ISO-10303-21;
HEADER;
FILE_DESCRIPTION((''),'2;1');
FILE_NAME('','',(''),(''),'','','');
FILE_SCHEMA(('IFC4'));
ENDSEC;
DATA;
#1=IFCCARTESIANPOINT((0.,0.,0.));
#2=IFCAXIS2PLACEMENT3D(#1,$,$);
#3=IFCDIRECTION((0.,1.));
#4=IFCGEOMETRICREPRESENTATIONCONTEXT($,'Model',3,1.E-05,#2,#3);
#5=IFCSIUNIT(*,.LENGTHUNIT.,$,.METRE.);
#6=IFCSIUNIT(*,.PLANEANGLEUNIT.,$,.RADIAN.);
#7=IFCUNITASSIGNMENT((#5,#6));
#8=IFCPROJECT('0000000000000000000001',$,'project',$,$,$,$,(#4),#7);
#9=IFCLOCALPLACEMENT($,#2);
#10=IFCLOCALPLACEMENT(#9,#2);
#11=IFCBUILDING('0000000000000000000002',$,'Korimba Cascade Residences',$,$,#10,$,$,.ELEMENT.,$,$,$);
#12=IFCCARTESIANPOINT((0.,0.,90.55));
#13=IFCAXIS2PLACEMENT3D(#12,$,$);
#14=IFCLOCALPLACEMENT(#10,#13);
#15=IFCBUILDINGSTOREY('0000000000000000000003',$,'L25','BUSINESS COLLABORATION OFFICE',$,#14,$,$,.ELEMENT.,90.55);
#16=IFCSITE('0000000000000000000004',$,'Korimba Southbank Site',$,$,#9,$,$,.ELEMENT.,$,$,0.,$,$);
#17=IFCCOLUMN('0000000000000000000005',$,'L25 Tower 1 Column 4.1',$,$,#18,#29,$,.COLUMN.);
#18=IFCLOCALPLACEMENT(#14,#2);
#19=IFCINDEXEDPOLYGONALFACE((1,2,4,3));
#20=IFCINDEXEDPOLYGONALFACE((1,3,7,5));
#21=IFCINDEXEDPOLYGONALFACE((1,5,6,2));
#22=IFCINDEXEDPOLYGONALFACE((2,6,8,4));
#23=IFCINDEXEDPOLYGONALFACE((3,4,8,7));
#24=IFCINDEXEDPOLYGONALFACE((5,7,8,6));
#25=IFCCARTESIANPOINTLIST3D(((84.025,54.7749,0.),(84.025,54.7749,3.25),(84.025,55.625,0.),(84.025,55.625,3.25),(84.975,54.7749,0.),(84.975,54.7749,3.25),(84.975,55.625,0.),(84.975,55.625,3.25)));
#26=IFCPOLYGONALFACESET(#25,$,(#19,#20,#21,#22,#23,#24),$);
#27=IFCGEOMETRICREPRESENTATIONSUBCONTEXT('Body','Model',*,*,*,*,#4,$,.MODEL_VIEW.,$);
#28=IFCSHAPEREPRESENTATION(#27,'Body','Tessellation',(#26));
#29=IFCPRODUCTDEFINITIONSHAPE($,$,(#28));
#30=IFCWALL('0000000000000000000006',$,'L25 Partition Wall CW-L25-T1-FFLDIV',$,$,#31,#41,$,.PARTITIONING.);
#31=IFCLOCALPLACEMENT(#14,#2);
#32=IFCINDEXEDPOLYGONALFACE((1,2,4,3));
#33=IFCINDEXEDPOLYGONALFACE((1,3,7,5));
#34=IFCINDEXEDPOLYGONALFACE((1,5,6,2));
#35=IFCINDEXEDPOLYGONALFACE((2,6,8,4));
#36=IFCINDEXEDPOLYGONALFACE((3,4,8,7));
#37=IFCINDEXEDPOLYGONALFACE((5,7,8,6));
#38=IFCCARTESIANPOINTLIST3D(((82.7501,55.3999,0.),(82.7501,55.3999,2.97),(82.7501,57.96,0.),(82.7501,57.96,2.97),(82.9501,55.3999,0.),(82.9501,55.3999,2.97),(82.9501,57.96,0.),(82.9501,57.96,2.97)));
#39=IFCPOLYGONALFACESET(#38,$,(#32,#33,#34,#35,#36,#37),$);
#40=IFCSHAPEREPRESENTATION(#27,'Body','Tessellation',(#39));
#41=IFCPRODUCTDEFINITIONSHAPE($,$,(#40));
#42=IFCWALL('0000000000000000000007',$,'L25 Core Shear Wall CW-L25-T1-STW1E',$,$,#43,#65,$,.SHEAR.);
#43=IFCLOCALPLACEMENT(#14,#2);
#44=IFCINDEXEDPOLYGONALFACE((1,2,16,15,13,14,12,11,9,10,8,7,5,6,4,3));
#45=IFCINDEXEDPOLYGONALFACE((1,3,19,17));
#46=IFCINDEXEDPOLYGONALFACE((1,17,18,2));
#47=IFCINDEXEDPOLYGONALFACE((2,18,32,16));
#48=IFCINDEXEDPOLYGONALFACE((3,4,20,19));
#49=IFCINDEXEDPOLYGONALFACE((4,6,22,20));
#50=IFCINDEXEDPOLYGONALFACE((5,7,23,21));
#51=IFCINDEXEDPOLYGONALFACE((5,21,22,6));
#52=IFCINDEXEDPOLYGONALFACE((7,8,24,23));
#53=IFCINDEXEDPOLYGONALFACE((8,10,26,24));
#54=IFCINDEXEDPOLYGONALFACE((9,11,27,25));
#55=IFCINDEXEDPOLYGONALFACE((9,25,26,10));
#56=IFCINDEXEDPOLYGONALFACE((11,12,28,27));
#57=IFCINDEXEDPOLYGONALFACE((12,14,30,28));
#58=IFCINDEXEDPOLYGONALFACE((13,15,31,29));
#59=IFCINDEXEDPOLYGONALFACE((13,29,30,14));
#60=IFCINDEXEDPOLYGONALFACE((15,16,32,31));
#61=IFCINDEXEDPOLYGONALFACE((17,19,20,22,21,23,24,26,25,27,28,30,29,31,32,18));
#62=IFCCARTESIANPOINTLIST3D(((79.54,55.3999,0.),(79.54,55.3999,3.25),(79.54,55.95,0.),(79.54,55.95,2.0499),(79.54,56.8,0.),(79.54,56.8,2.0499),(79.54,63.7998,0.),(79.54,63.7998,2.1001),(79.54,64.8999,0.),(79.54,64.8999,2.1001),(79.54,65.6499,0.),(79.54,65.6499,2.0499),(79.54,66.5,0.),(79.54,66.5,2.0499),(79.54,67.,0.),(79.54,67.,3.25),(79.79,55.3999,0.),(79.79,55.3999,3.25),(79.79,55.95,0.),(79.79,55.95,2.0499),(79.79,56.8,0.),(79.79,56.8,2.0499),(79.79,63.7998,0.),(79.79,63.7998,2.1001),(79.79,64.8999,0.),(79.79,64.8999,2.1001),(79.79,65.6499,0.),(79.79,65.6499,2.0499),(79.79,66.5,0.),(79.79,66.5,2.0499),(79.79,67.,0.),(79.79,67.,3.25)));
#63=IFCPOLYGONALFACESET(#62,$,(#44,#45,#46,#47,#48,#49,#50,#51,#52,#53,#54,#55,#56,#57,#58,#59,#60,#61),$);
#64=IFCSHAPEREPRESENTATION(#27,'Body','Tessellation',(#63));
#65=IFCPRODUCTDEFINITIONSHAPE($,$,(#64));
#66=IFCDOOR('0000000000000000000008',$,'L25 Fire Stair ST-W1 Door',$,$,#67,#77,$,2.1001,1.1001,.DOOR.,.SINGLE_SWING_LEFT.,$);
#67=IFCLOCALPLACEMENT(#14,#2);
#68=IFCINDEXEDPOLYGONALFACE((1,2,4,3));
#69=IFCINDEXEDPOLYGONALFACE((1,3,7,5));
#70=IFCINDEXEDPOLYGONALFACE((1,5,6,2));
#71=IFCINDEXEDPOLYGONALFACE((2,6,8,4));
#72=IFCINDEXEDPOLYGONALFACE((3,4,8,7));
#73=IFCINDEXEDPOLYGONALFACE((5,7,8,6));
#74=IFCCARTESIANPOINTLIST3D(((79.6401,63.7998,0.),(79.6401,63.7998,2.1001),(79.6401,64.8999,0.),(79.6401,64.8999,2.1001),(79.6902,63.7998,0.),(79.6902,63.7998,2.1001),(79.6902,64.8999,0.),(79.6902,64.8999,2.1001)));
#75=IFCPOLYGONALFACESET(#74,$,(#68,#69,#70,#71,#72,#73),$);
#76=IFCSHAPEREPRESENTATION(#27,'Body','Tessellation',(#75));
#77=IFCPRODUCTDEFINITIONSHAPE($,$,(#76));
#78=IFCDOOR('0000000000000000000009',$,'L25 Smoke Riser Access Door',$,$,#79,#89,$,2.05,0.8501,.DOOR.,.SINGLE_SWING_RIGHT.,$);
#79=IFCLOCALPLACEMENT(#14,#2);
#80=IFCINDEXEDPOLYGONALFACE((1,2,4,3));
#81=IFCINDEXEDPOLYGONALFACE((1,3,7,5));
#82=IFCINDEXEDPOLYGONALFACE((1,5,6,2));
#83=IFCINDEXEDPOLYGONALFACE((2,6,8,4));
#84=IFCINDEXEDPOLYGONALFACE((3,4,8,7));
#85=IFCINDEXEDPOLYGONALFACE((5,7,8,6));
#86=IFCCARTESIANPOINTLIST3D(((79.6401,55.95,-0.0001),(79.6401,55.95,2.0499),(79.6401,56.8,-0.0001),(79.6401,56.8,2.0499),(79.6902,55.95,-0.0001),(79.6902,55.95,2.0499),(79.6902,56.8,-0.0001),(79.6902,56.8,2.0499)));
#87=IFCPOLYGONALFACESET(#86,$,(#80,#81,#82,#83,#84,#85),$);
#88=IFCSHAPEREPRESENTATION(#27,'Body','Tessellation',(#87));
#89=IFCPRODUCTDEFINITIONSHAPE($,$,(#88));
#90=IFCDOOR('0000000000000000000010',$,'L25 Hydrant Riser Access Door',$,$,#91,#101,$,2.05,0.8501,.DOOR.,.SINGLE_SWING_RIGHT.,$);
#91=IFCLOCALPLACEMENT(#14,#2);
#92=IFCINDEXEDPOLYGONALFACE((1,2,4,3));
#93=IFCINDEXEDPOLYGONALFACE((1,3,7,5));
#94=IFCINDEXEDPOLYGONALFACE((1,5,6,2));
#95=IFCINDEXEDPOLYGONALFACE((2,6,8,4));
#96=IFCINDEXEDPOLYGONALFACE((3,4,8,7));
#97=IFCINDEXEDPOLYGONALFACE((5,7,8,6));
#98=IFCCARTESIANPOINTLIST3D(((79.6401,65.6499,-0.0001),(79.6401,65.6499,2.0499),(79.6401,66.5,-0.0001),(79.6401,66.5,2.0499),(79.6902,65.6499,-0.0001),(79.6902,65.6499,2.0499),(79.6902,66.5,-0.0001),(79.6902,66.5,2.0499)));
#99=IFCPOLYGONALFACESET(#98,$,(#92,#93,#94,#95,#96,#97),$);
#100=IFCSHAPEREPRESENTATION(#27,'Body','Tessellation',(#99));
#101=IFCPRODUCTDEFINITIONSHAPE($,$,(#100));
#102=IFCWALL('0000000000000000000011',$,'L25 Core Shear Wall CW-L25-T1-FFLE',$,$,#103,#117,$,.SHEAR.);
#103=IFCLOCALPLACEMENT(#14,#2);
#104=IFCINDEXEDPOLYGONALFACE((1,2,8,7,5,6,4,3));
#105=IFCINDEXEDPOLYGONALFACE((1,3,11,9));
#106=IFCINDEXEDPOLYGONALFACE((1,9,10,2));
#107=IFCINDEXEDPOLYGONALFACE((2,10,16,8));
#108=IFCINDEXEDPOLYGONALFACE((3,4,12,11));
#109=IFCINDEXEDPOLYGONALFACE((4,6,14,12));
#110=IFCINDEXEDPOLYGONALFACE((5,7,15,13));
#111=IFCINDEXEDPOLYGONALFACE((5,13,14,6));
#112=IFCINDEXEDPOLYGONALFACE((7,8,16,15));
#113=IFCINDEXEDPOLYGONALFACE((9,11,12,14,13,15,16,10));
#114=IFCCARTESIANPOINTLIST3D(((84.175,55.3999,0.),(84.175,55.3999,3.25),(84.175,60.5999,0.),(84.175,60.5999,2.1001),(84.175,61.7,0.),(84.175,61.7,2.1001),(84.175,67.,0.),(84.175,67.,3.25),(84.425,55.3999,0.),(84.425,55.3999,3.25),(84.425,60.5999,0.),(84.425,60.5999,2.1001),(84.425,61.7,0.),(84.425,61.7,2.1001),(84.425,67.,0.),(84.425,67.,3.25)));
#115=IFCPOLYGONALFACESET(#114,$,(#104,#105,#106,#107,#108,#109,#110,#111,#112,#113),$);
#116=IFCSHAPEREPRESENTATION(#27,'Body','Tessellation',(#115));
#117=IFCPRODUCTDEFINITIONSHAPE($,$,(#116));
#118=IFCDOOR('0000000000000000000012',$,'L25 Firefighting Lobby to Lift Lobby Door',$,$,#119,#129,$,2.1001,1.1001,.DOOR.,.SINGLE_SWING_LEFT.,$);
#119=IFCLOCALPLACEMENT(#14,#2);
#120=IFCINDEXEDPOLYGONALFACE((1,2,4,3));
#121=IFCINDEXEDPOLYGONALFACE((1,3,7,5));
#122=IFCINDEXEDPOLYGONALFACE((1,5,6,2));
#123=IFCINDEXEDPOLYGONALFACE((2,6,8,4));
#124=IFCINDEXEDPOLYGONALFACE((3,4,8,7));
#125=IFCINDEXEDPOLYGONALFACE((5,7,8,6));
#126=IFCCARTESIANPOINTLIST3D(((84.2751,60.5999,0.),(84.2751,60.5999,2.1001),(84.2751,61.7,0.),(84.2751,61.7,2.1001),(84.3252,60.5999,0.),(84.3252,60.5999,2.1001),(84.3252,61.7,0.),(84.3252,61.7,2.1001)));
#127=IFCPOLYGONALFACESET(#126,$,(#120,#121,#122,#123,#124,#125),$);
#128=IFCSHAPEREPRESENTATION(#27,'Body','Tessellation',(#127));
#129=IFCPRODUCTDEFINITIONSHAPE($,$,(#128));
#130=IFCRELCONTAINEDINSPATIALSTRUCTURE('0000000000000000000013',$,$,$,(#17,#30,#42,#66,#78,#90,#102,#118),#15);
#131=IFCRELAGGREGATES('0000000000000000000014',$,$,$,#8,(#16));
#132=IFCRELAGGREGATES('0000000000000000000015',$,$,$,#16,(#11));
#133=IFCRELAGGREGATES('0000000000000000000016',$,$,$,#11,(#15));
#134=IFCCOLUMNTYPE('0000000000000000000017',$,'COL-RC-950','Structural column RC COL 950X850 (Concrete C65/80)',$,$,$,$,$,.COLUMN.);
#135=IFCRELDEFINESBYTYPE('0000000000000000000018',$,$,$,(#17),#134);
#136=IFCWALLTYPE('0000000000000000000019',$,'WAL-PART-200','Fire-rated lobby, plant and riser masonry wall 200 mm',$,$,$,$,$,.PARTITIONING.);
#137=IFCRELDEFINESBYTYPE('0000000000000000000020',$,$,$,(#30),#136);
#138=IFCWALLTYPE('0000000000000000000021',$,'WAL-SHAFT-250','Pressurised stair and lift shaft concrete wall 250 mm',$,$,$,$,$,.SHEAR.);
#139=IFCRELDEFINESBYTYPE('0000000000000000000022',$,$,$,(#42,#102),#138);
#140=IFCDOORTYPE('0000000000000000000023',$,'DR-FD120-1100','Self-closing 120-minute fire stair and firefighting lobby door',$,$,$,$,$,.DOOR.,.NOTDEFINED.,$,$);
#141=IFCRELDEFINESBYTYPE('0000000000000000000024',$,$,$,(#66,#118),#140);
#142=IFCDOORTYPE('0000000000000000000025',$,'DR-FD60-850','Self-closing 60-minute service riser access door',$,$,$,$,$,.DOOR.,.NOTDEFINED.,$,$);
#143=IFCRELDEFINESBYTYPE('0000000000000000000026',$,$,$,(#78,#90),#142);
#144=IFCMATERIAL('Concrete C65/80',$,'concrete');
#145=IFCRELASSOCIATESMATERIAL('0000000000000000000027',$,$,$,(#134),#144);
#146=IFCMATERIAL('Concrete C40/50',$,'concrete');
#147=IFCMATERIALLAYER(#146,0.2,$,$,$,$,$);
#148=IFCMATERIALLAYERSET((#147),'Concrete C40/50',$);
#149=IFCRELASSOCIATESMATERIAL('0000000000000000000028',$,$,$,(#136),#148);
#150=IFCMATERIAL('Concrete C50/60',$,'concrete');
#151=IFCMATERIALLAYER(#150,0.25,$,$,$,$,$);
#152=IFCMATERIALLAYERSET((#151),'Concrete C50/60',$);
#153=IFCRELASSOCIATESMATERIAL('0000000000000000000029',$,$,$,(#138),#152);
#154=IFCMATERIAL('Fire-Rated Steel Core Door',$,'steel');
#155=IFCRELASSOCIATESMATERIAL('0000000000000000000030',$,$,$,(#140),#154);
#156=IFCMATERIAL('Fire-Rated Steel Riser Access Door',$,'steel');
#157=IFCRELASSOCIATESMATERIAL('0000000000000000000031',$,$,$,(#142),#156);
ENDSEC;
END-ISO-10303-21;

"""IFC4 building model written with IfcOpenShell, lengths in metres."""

from ifc_helpers import new_model, si_unit, direction, frame, frame_2d, origin, origin_2d, place, context, subcontext, project, spatial, rectangle, extrude, material, layer, layer_set, material_profile, profile_set, type_object, element, fill, save


model = new_model("IFC4")

# Units and contexts
model_context = context("Model", 3, precision=1e-05, world=origin(), true_north=direction((0.0, 1.0)))
body_context = subcontext(model_context, "Body", "Model", "MODEL_VIEW")
ifc_project = project(units=[si_unit("LENGTHUNIT", "METRE"), si_unit("PLANEANGLEUNIT", "RADIAN")], contexts=[model_context])

# Site, building, storey
site_placement = place(None, origin())
site = spatial("IfcSite", under=ifc_project, at=site_placement, Name="Korimba Southbank Site", CompositionType="ELEMENT", RefElevation=0.0)
building_placement = place(site_placement, origin())
building = spatial("IfcBuilding", under=site, at=building_placement, Name="Korimba Cascade Residences", CompositionType="ELEMENT")
storey_placement = place(building_placement, frame((0.0, 0.0, 90.55)))
storey = spatial("IfcBuildingStorey", under=building, at=storey_placement, Name="L25", Description="BUSINESS COLLABORATION OFFICE", CompositionType="ELEMENT", Elevation=90.55)

# Column
ifc_material_1 = material(Name="Concrete C65/80", Category="concrete")
ifc_material_profile = material_profile(ifc_material_1, rectangle(XDim=0.95, YDim=0.8501, at=origin_2d()), Name="Concrete C65/80")
ifc_profile_set = profile_set([ifc_material_profile], Name="Concrete C65/80")
column_type = type_object("IfcColumnType", Name="COL-RC-950", Description="Structural column RC COL 950X850 (Concrete C65/80)", PredefinedType="COLUMN", material=ifc_profile_set)
column_placement = place(storey_placement, frame((84.5, 55.2, 0.0), z_axis=(0.0, 0.0, 1.0), x_axis=(1.0, 0.0, 0.0)))
element("IfcColumn", 1, at=column_placement, inside=storey, type_object=column_type, Name="L25 Tower 1 Column 4.1", PredefinedType="COLUMN", context=body_context, shape_type="SweptSolid", body=[
    extrude(rectangle(XDim=0.95, YDim=0.8501, at=origin_2d()), origin(), (0.0, 0.0, 1.0), 3.25),
])

# Wall
ifc_material_2 = material(Name="Concrete C40/50", Category="concrete")
ifc_layer_1 = layer(ifc_material_2, 0.2)
ifc_layer_set_1 = layer_set([ifc_layer_1], Name="Concrete C40/50")
wall_type_1 = type_object("IfcWallType", Name="WAL-PART-200", Description="Fire-rated lobby, plant and riser masonry wall 200 mm", PredefinedType="PARTITIONING", material=ifc_layer_set_1)
wall_1_placement = place(storey_placement, frame((82.8501, 55.3999, 0.0), z_axis=(0.0, 0.0, 1.0), x_axis=(0.0, 1.0, 0.0)))
element("IfcWall", 2, at=wall_1_placement, inside=storey, type_object=wall_type_1, Name="L25 Partition Wall CW-L25-T1-FFLDIV", PredefinedType="PARTITIONING", context=body_context, shape_type="SweptSolid", body=[
    extrude(rectangle(XDim=2.5601, YDim=0.2, at=frame_2d((1.28, 0.0))), origin(), (0.0, 0.0, 1.0), 2.97),
])

# Wall, openings, doors
ifc_material_3 = material(Name="Concrete C50/60", Category="concrete")
ifc_layer_2 = layer(ifc_material_3, 0.25)
ifc_layer_set_2 = layer_set([ifc_layer_2], Name="Concrete C50/60")
wall_type_2 = type_object("IfcWallType", Name="WAL-SHAFT-250", Description="Pressurised stair and lift shaft concrete wall 250 mm", PredefinedType="SHEAR", material=ifc_layer_set_2)
wall_2_placement = place(storey_placement, frame((79.665, 55.3999, 0.0), z_axis=(0.0, 0.0, 1.0), x_axis=(0.0, 1.0, 0.0)))
wall_2 = element("IfcWall", 3, at=wall_2_placement, inside=storey, type_object=wall_type_2, Name="L25 Core Shear Wall CW-L25-T1-STW1E", PredefinedType="SHEAR", context=body_context, shape_type="SweptSolid", body=[
    extrude(rectangle(XDim=11.6001, YDim=0.25, at=frame_2d((5.8, 0.0))), origin(), (0.0, 0.0, 1.0), 3.25),
])
opening_1_placement = place(wall_2_placement, frame((0.55, 0.0, 0.0)))
opening_1 = element("IfcOpeningElement", 4, at=opening_1_placement, cuts=wall_2, PredefinedType="OPENING", context=body_context, shape_type="SweptSolid", body=[
    extrude(rectangle(XDim=0.8501, YDim=2.05, at=frame_2d((0.425, 1.0249))), frame((0.0, 0.135, 0.0), z_axis=(0.0, -1.0, 0.0), x_axis=(1.0, 0.0, 0.0)), (0.0, 0.0, 1.0), 0.27),
])
opening_2_placement = place(wall_2_placement, frame((8.3999, 0.0, 0.0)))
opening_2 = element("IfcOpeningElement", 5, at=opening_2_placement, cuts=wall_2, PredefinedType="OPENING", context=body_context, shape_type="SweptSolid", body=[
    extrude(rectangle(XDim=1.1001, YDim=2.1001, at=frame_2d((0.55, 1.05))), frame((0.0, 0.135, 0.0), z_axis=(0.0, -1.0, 0.0), x_axis=(1.0, 0.0, 0.0)), (0.0, 0.0, 1.0), 0.27),
])
opening_3_placement = place(wall_2_placement, frame((10.25, 0.0, 0.0)))
opening_3 = element("IfcOpeningElement", 6, at=opening_3_placement, cuts=wall_2, PredefinedType="OPENING", context=body_context, shape_type="SweptSolid", body=[
    extrude(rectangle(XDim=0.8501, YDim=2.05, at=frame_2d((0.425, 1.0249))), frame((0.0, 0.135, 0.0), z_axis=(0.0, -1.0, 0.0), x_axis=(1.0, 0.0, 0.0)), (0.0, 0.0, 1.0), 0.27),
])
ifc_material_4 = material(Name="Fire-Rated Steel Core Door", Category="steel")
door_type_1 = type_object("IfcDoorType", Name="DR-FD120-1100", Description="Self-closing 120-minute fire stair and firefighting lobby door", OperationType="NOTDEFINED", PredefinedType="DOOR", material=ifc_material_4)
door_1_placement = place(opening_2_placement, origin())
door_1 = element("IfcDoor", 7, at=door_1_placement, inside=storey, type_object=door_type_1, Name="L25 Fire Stair ST-W1 Door", OperationType="SINGLE_SWING_LEFT", OverallHeight=2.1001, OverallWidth=1.1001, PredefinedType="DOOR", context=body_context, shape_type="SweptSolid", body=[
    extrude(rectangle(XDim=1.1001, YDim=2.1001, at=frame_2d((0.55, 1.05))), frame((0.0, 0.0249, 0.0), z_axis=(0.0, -1.0, 0.0), x_axis=(1.0, 0.0, 0.0)), (0.0, 0.0, 1.0), 0.05),
])
fill(opening_2, door_1)
ifc_material_5 = material(Name="Fire-Rated Steel Riser Access Door", Category="steel")
door_type_2 = type_object("IfcDoorType", Name="DR-FD60-850", Description="Self-closing 60-minute service riser access door", OperationType="NOTDEFINED", PredefinedType="DOOR", material=ifc_material_5)
door_2_placement = place(opening_1_placement, origin())
door_2 = element("IfcDoor", 8, at=door_2_placement, inside=storey, type_object=door_type_2, Name="L25 Smoke Riser Access Door", OperationType="SINGLE_SWING_RIGHT", OverallHeight=2.05, OverallWidth=0.8501, PredefinedType="DOOR", context=body_context, shape_type="SweptSolid", body=[
    extrude(rectangle(XDim=0.8501, YDim=2.05, at=frame_2d((0.425, 1.0249))), frame((0.0, 0.0249, 0.0), z_axis=(0.0, -1.0, 0.0), x_axis=(1.0, 0.0, 0.0)), (0.0, 0.0, 1.0), 0.05),
])
fill(opening_1, door_2)
door_3_placement = place(opening_3_placement, origin())
door_3 = element("IfcDoor", 9, at=door_3_placement, inside=storey, type_object=door_type_2, Name="L25 Hydrant Riser Access Door", OperationType="SINGLE_SWING_RIGHT", OverallHeight=2.05, OverallWidth=0.8501, PredefinedType="DOOR", context=body_context, shape_type="SweptSolid", body=[
    extrude(rectangle(XDim=0.8501, YDim=2.05, at=frame_2d((0.425, 1.0249))), frame((0.0, 0.0249, 0.0), z_axis=(0.0, -1.0, 0.0), x_axis=(1.0, 0.0, 0.0)), (0.0, 0.0, 1.0), 0.05),
])
fill(opening_3, door_3)

# Wall, opening, door
wall_3_placement = place(storey_placement, frame((84.3, 55.3999, 0.0), z_axis=(0.0, 0.0, 1.0), x_axis=(0.0, 1.0, 0.0)))
wall_3 = element("IfcWall", 10, at=wall_3_placement, inside=storey, type_object=wall_type_2, Name="L25 Core Shear Wall CW-L25-T1-FFLE", PredefinedType="SHEAR", context=body_context, shape_type="SweptSolid", body=[
    extrude(rectangle(XDim=11.6001, YDim=0.25, at=frame_2d((5.8, 0.0))), origin(), (0.0, 0.0, 1.0), 3.25),
])
opening_4_placement = place(wall_3_placement, frame((5.2, 0.0, 0.0)))
opening_4 = element("IfcOpeningElement", 11, at=opening_4_placement, cuts=wall_3, PredefinedType="OPENING", context=body_context, shape_type="SweptSolid", body=[
    extrude(rectangle(XDim=1.1001, YDim=2.1001, at=frame_2d((0.55, 1.05))), frame((0.0, 0.135, 0.0), z_axis=(0.0, -1.0, 0.0), x_axis=(1.0, 0.0, 0.0)), (0.0, 0.0, 1.0), 0.27),
])
door_4_placement = place(opening_4_placement, origin())
door_4 = element("IfcDoor", 12, at=door_4_placement, inside=storey, type_object=door_type_1, Name="L25 Firefighting Lobby to Lift Lobby Door", OperationType="SINGLE_SWING_LEFT", OverallHeight=2.1001, OverallWidth=1.1001, PredefinedType="DOOR", context=body_context, shape_type="SweptSolid", body=[
    extrude(rectangle(XDim=1.1001, YDim=2.1001, at=frame_2d((0.55, 1.05))), frame((0.0, 0.0249, 0.0), z_axis=(0.0, -1.0, 0.0), x_axis=(1.0, 0.0, 0.0)), (0.0, 0.0, 1.0), 0.05),
])
fill(opening_4, door_4)

save(model, "model.ifc")
